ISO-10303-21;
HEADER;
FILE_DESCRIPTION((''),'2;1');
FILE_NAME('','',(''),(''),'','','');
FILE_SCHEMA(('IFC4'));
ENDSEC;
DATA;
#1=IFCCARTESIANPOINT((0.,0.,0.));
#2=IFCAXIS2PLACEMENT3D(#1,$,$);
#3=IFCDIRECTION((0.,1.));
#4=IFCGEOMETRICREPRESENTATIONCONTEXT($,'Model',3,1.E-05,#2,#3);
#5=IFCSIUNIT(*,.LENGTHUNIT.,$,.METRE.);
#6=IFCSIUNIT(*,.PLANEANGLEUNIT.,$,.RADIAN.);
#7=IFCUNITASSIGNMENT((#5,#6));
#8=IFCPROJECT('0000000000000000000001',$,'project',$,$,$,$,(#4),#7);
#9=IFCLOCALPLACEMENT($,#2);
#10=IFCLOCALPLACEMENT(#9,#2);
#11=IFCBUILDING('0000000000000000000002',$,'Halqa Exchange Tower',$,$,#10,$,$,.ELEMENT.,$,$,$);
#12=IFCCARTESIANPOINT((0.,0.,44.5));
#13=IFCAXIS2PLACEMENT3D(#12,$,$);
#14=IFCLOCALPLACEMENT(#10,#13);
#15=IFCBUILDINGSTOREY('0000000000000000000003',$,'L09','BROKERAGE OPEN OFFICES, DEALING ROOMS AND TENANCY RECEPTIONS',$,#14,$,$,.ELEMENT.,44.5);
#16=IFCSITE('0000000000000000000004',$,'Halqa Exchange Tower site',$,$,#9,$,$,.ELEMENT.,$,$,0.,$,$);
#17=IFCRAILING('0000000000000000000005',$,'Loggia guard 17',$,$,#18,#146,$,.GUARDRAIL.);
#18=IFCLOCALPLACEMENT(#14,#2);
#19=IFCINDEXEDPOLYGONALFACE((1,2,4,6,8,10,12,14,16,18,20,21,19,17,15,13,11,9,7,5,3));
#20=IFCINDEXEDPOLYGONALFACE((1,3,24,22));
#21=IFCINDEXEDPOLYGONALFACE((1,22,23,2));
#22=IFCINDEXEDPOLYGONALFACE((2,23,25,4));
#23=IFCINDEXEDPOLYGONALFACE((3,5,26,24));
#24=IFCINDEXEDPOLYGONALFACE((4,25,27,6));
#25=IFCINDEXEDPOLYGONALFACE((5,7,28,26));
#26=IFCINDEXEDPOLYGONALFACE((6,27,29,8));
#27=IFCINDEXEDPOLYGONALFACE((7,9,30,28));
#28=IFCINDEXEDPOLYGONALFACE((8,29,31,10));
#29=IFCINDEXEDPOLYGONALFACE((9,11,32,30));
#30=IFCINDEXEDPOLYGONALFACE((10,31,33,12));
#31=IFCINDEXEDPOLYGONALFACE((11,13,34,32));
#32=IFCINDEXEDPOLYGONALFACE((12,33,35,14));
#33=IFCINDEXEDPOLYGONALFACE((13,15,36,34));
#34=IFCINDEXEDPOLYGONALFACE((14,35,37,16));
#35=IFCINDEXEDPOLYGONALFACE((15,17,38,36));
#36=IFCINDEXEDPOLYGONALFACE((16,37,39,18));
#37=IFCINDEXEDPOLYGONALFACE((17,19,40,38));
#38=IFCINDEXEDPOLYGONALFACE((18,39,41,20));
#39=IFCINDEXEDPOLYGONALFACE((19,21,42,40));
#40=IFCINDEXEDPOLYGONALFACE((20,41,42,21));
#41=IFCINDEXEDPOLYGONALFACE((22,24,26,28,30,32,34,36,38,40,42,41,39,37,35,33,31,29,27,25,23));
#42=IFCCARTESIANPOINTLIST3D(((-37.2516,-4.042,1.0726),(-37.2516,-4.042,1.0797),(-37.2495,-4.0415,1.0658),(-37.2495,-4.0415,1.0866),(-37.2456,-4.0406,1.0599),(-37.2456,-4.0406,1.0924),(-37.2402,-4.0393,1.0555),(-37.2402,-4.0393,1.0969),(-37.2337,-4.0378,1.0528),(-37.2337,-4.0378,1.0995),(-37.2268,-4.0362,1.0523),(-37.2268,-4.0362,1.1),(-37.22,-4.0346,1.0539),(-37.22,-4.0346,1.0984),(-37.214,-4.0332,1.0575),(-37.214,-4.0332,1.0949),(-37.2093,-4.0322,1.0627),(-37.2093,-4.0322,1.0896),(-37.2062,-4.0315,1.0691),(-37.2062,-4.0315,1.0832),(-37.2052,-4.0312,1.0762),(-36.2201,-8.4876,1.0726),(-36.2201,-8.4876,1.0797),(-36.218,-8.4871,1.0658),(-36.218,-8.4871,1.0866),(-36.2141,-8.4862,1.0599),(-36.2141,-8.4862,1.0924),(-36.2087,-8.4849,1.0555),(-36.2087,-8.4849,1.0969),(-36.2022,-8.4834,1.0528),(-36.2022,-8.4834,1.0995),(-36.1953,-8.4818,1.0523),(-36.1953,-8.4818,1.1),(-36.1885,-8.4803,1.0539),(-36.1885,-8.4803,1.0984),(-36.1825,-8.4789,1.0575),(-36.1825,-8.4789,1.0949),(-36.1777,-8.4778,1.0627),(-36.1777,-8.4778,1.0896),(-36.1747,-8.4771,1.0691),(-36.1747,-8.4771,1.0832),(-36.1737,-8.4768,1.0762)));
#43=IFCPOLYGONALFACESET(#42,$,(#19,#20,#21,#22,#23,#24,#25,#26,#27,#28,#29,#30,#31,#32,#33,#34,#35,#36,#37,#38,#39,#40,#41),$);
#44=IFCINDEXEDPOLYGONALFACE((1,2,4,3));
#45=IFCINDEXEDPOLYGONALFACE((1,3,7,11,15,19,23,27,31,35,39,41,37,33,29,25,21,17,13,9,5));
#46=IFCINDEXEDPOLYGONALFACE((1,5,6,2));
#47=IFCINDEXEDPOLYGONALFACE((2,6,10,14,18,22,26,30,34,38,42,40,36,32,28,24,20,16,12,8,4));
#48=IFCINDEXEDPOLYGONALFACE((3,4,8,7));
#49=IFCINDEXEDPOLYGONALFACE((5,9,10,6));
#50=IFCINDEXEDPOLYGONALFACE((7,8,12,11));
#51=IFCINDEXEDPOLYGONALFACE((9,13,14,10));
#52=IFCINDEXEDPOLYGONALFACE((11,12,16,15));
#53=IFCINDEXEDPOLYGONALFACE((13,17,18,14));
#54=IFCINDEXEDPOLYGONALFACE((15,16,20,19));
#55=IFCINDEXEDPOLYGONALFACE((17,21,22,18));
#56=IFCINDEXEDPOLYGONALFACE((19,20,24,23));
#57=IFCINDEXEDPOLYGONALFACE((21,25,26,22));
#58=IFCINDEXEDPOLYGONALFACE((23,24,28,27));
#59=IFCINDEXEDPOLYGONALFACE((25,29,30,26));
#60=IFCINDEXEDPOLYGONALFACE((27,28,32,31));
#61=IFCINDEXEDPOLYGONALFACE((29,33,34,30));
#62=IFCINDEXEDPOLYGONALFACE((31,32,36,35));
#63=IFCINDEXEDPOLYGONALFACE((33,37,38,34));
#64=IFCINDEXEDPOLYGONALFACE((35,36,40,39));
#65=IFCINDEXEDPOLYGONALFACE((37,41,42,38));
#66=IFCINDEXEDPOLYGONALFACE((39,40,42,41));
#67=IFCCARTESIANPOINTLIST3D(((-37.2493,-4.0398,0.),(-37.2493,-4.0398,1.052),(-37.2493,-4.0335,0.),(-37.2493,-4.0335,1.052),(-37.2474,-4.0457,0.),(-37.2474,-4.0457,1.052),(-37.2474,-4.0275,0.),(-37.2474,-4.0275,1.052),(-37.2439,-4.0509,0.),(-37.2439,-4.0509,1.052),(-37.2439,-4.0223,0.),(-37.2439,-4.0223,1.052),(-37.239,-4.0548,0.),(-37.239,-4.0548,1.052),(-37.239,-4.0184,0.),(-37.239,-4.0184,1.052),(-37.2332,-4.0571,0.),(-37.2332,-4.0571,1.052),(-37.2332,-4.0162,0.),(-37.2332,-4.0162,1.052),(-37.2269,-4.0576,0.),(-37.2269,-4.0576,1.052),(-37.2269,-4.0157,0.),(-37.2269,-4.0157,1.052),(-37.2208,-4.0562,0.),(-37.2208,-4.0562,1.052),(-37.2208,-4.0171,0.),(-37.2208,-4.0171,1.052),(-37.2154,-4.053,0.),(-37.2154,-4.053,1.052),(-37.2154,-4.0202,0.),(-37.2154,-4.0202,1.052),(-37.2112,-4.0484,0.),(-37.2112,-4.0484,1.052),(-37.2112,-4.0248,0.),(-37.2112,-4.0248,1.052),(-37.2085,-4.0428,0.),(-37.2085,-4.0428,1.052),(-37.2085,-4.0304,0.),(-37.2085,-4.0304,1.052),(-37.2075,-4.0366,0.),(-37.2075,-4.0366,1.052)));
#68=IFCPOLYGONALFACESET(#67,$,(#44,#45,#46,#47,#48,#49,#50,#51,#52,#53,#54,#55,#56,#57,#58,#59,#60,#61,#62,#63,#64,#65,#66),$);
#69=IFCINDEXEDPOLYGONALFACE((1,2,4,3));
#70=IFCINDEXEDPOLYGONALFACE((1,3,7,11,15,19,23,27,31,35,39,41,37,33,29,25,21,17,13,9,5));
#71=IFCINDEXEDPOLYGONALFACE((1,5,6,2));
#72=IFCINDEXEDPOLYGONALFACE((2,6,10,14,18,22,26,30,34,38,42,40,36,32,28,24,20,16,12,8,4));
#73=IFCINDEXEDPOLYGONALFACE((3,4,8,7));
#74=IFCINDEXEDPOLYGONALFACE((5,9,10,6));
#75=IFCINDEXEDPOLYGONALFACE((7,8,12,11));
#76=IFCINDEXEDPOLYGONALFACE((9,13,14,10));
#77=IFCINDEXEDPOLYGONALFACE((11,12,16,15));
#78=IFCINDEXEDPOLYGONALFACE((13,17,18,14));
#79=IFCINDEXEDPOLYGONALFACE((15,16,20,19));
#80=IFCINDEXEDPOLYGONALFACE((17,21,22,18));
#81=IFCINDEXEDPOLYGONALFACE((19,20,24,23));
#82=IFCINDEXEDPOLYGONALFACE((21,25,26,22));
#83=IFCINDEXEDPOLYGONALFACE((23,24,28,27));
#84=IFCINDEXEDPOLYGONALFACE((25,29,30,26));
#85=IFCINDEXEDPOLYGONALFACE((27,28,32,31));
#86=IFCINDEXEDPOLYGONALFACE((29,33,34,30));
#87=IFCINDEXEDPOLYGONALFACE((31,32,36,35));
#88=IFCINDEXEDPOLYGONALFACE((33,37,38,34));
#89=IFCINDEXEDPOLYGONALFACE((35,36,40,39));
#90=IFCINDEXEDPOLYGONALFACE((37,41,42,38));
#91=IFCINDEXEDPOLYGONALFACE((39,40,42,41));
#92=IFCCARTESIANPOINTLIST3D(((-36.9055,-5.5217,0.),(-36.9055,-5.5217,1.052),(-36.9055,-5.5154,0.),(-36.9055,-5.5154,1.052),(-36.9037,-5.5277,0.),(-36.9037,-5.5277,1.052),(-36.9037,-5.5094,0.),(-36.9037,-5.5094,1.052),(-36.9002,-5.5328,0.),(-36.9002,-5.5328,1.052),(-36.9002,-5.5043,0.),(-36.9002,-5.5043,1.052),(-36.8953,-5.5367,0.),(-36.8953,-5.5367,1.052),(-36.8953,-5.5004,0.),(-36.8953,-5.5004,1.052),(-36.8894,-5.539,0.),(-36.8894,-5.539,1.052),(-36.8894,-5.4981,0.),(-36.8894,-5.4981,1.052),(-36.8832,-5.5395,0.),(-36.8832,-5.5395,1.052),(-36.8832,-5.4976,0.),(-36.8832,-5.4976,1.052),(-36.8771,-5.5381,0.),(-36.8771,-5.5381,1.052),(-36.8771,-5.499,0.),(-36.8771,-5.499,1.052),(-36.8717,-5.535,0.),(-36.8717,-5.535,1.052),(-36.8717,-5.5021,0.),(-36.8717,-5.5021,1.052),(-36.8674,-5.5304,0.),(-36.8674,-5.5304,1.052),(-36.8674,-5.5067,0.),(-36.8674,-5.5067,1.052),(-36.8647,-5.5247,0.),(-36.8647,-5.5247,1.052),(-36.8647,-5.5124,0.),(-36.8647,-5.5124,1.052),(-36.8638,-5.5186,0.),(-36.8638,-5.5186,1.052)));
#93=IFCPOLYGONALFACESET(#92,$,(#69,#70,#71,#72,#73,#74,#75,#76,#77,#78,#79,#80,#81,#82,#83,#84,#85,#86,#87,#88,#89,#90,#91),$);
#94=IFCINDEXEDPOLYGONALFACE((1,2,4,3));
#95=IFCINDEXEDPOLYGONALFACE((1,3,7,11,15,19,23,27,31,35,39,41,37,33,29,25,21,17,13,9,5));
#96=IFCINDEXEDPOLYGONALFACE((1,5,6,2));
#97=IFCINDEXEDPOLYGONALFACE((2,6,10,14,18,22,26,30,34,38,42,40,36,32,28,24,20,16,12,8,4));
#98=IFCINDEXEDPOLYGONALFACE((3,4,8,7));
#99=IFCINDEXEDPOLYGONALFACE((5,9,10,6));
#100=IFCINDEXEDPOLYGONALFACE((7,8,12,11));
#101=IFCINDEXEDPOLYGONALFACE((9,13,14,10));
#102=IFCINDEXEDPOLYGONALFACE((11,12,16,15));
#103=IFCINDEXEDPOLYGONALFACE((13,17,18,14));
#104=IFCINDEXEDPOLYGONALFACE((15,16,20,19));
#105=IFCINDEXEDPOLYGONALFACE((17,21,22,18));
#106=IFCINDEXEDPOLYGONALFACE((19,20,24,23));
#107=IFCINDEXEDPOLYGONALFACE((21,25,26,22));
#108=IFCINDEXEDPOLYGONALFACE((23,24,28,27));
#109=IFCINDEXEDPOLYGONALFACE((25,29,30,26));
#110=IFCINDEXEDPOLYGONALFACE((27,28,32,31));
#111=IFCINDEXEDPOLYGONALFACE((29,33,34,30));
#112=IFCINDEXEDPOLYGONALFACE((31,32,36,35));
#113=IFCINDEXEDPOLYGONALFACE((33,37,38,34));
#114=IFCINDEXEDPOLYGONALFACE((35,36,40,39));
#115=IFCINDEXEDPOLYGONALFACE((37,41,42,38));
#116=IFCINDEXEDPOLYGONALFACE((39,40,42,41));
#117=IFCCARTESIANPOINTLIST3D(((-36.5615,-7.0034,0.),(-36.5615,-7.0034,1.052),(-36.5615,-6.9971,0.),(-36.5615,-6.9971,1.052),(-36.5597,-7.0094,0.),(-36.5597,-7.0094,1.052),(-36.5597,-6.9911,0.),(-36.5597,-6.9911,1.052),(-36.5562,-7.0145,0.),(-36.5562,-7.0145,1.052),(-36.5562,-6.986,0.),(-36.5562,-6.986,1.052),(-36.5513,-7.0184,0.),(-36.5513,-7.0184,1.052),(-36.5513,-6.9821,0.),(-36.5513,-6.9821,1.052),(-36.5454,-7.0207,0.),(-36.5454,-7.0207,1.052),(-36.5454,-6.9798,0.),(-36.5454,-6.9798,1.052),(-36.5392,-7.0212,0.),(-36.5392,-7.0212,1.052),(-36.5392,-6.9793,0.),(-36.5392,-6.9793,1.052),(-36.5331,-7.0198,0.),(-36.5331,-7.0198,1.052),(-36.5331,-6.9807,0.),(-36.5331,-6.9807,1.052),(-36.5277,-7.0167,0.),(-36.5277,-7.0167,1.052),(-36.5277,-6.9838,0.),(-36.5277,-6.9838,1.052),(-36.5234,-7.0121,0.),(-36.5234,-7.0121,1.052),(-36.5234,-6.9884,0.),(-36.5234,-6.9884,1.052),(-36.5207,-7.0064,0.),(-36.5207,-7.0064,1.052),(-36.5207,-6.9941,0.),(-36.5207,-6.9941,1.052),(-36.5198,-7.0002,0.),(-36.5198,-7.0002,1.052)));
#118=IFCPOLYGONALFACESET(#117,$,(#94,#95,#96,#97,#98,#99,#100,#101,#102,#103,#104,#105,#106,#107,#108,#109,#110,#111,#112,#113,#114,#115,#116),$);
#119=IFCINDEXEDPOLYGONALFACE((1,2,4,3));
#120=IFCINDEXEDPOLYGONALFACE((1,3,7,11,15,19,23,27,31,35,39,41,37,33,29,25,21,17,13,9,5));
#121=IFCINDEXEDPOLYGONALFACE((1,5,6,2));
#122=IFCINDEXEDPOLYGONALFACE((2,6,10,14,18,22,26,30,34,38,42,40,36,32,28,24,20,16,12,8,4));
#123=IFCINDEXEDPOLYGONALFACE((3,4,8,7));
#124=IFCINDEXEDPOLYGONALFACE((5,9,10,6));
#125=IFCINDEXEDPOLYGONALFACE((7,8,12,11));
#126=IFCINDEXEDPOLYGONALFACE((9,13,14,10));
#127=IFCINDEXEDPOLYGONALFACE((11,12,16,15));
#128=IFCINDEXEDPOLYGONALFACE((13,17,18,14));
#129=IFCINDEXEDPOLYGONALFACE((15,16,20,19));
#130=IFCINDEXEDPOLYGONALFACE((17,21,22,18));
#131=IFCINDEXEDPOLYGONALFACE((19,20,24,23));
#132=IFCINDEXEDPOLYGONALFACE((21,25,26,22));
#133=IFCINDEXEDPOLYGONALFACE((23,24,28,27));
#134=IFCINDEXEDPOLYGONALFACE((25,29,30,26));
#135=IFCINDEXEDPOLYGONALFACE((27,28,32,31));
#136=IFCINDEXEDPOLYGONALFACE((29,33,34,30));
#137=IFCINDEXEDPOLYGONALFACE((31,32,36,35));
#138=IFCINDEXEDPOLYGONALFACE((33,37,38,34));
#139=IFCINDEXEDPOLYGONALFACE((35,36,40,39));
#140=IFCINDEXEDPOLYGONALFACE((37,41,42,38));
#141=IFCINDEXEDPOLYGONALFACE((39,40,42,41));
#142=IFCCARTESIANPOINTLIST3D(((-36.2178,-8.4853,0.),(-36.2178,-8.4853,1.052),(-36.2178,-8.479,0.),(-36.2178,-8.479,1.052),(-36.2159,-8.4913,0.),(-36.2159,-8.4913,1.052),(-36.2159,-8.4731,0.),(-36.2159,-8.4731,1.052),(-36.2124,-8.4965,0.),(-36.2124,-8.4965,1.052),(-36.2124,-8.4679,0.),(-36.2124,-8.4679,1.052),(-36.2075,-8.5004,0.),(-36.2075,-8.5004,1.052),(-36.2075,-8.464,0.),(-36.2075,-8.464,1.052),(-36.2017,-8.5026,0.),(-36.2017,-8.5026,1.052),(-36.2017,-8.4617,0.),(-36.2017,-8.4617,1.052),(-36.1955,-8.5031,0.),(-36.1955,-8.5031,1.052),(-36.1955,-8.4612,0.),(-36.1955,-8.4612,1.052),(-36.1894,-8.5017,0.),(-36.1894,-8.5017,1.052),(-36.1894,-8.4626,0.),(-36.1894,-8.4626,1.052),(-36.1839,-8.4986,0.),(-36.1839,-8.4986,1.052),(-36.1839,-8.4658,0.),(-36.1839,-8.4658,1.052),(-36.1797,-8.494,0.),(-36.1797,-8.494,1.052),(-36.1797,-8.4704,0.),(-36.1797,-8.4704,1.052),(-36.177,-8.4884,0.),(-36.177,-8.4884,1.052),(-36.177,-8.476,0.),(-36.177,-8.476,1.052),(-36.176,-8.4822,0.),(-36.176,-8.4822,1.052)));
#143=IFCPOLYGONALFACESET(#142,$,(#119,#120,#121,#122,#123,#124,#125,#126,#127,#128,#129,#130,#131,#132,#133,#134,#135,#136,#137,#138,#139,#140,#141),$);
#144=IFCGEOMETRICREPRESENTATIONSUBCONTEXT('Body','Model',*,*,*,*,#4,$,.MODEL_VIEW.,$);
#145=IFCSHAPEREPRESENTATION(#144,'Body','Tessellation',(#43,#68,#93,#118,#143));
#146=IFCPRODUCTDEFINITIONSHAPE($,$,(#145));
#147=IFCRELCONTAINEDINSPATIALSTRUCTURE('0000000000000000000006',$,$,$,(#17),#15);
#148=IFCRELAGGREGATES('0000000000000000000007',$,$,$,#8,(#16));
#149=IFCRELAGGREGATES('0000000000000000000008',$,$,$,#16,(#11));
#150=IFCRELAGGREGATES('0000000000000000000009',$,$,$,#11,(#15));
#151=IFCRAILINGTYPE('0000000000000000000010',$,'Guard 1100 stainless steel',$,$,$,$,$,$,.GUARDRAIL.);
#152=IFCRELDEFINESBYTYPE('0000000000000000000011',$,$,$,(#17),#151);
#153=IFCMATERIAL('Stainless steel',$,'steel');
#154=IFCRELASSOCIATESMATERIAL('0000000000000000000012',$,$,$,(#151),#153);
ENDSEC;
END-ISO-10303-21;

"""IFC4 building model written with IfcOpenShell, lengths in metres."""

from ifc_helpers import new_model, si_unit, direction, frame, origin, origin_2d, place, context, subcontext, project, spatial, circle, extrude, material, type_object, element, save


model = new_model("IFC4")

# Units and contexts
model_context = context("Model", 3, precision=1e-05, world=origin(), true_north=direction((0.0, 1.0)))
body_context = subcontext(model_context, "Body", "Model", "MODEL_VIEW")
ifc_project = project(units=[si_unit("LENGTHUNIT", "METRE"), si_unit("PLANEANGLEUNIT", "RADIAN")], contexts=[model_context])

# Site, building, storey
site_placement = place(None, origin())
site = spatial("IfcSite", under=ifc_project, at=site_placement, Name="Halqa Exchange Tower site", CompositionType="ELEMENT", RefElevation=0.0)
building_placement = place(site_placement, origin())
building = spatial("IfcBuilding", under=site, at=building_placement, Name="Halqa Exchange Tower", CompositionType="ELEMENT")
storey_placement = place(building_placement, frame((0.0, 0.0, 44.5)))
storey = spatial("IfcBuildingStorey", under=building, at=storey_placement, Name="L09", Description="BROKERAGE OPEN OFFICES, DEALING ROOMS AND TENANCY RECEPTIONS", CompositionType="ELEMENT", Elevation=44.5)

# Railing
ifc_material_1 = material(Name="Stainless steel", Category="steel")
railing_type = type_object("IfcRailingType", Name="Guard 1100 stainless steel", PredefinedType="GUARDRAIL", material=ifc_material_1)
railing_1_placement = place(storey_placement, frame((-37.2285, -4.0366, 0.0)))
element("IfcRailing", 1, at=railing_1_placement, inside=storey, type_object=railing_type, Name="Loggia guard 17", PredefinedType="GUARDRAIL", context=body_context, shape_type="SweptSolid", body=[
    extrude(circle(Radius=0.0239, at=origin_2d()), frame((0.0, 0.0, 1.0762), z_axis=(0.226024, -0.974122, 0.0), x_axis=(0.974122, 0.226024, 0.0)), (0.0, 0.0, 1.0), 4.5637),
    extrude(circle(Radius=0.021, at=origin_2d()), origin(), (0.0, 0.0, 1.0), 1.052),
    extrude(circle(Radius=0.021, at=origin_2d()), frame((0.3438, -1.4819, 0.0)), (0.0, 0.0, 1.0), 1.052),
    extrude(circle(Radius=0.021, at=origin_2d()), frame((0.6877, -2.9636, 0.0)), (0.0, 0.0, 1.0), 1.052),
    extrude(circle(Radius=0.021, at=origin_2d()), frame((1.0315, -4.4456, 0.0)), (0.0, 0.0, 1.0), 1.052),
])

save(model, "model.ifc")
